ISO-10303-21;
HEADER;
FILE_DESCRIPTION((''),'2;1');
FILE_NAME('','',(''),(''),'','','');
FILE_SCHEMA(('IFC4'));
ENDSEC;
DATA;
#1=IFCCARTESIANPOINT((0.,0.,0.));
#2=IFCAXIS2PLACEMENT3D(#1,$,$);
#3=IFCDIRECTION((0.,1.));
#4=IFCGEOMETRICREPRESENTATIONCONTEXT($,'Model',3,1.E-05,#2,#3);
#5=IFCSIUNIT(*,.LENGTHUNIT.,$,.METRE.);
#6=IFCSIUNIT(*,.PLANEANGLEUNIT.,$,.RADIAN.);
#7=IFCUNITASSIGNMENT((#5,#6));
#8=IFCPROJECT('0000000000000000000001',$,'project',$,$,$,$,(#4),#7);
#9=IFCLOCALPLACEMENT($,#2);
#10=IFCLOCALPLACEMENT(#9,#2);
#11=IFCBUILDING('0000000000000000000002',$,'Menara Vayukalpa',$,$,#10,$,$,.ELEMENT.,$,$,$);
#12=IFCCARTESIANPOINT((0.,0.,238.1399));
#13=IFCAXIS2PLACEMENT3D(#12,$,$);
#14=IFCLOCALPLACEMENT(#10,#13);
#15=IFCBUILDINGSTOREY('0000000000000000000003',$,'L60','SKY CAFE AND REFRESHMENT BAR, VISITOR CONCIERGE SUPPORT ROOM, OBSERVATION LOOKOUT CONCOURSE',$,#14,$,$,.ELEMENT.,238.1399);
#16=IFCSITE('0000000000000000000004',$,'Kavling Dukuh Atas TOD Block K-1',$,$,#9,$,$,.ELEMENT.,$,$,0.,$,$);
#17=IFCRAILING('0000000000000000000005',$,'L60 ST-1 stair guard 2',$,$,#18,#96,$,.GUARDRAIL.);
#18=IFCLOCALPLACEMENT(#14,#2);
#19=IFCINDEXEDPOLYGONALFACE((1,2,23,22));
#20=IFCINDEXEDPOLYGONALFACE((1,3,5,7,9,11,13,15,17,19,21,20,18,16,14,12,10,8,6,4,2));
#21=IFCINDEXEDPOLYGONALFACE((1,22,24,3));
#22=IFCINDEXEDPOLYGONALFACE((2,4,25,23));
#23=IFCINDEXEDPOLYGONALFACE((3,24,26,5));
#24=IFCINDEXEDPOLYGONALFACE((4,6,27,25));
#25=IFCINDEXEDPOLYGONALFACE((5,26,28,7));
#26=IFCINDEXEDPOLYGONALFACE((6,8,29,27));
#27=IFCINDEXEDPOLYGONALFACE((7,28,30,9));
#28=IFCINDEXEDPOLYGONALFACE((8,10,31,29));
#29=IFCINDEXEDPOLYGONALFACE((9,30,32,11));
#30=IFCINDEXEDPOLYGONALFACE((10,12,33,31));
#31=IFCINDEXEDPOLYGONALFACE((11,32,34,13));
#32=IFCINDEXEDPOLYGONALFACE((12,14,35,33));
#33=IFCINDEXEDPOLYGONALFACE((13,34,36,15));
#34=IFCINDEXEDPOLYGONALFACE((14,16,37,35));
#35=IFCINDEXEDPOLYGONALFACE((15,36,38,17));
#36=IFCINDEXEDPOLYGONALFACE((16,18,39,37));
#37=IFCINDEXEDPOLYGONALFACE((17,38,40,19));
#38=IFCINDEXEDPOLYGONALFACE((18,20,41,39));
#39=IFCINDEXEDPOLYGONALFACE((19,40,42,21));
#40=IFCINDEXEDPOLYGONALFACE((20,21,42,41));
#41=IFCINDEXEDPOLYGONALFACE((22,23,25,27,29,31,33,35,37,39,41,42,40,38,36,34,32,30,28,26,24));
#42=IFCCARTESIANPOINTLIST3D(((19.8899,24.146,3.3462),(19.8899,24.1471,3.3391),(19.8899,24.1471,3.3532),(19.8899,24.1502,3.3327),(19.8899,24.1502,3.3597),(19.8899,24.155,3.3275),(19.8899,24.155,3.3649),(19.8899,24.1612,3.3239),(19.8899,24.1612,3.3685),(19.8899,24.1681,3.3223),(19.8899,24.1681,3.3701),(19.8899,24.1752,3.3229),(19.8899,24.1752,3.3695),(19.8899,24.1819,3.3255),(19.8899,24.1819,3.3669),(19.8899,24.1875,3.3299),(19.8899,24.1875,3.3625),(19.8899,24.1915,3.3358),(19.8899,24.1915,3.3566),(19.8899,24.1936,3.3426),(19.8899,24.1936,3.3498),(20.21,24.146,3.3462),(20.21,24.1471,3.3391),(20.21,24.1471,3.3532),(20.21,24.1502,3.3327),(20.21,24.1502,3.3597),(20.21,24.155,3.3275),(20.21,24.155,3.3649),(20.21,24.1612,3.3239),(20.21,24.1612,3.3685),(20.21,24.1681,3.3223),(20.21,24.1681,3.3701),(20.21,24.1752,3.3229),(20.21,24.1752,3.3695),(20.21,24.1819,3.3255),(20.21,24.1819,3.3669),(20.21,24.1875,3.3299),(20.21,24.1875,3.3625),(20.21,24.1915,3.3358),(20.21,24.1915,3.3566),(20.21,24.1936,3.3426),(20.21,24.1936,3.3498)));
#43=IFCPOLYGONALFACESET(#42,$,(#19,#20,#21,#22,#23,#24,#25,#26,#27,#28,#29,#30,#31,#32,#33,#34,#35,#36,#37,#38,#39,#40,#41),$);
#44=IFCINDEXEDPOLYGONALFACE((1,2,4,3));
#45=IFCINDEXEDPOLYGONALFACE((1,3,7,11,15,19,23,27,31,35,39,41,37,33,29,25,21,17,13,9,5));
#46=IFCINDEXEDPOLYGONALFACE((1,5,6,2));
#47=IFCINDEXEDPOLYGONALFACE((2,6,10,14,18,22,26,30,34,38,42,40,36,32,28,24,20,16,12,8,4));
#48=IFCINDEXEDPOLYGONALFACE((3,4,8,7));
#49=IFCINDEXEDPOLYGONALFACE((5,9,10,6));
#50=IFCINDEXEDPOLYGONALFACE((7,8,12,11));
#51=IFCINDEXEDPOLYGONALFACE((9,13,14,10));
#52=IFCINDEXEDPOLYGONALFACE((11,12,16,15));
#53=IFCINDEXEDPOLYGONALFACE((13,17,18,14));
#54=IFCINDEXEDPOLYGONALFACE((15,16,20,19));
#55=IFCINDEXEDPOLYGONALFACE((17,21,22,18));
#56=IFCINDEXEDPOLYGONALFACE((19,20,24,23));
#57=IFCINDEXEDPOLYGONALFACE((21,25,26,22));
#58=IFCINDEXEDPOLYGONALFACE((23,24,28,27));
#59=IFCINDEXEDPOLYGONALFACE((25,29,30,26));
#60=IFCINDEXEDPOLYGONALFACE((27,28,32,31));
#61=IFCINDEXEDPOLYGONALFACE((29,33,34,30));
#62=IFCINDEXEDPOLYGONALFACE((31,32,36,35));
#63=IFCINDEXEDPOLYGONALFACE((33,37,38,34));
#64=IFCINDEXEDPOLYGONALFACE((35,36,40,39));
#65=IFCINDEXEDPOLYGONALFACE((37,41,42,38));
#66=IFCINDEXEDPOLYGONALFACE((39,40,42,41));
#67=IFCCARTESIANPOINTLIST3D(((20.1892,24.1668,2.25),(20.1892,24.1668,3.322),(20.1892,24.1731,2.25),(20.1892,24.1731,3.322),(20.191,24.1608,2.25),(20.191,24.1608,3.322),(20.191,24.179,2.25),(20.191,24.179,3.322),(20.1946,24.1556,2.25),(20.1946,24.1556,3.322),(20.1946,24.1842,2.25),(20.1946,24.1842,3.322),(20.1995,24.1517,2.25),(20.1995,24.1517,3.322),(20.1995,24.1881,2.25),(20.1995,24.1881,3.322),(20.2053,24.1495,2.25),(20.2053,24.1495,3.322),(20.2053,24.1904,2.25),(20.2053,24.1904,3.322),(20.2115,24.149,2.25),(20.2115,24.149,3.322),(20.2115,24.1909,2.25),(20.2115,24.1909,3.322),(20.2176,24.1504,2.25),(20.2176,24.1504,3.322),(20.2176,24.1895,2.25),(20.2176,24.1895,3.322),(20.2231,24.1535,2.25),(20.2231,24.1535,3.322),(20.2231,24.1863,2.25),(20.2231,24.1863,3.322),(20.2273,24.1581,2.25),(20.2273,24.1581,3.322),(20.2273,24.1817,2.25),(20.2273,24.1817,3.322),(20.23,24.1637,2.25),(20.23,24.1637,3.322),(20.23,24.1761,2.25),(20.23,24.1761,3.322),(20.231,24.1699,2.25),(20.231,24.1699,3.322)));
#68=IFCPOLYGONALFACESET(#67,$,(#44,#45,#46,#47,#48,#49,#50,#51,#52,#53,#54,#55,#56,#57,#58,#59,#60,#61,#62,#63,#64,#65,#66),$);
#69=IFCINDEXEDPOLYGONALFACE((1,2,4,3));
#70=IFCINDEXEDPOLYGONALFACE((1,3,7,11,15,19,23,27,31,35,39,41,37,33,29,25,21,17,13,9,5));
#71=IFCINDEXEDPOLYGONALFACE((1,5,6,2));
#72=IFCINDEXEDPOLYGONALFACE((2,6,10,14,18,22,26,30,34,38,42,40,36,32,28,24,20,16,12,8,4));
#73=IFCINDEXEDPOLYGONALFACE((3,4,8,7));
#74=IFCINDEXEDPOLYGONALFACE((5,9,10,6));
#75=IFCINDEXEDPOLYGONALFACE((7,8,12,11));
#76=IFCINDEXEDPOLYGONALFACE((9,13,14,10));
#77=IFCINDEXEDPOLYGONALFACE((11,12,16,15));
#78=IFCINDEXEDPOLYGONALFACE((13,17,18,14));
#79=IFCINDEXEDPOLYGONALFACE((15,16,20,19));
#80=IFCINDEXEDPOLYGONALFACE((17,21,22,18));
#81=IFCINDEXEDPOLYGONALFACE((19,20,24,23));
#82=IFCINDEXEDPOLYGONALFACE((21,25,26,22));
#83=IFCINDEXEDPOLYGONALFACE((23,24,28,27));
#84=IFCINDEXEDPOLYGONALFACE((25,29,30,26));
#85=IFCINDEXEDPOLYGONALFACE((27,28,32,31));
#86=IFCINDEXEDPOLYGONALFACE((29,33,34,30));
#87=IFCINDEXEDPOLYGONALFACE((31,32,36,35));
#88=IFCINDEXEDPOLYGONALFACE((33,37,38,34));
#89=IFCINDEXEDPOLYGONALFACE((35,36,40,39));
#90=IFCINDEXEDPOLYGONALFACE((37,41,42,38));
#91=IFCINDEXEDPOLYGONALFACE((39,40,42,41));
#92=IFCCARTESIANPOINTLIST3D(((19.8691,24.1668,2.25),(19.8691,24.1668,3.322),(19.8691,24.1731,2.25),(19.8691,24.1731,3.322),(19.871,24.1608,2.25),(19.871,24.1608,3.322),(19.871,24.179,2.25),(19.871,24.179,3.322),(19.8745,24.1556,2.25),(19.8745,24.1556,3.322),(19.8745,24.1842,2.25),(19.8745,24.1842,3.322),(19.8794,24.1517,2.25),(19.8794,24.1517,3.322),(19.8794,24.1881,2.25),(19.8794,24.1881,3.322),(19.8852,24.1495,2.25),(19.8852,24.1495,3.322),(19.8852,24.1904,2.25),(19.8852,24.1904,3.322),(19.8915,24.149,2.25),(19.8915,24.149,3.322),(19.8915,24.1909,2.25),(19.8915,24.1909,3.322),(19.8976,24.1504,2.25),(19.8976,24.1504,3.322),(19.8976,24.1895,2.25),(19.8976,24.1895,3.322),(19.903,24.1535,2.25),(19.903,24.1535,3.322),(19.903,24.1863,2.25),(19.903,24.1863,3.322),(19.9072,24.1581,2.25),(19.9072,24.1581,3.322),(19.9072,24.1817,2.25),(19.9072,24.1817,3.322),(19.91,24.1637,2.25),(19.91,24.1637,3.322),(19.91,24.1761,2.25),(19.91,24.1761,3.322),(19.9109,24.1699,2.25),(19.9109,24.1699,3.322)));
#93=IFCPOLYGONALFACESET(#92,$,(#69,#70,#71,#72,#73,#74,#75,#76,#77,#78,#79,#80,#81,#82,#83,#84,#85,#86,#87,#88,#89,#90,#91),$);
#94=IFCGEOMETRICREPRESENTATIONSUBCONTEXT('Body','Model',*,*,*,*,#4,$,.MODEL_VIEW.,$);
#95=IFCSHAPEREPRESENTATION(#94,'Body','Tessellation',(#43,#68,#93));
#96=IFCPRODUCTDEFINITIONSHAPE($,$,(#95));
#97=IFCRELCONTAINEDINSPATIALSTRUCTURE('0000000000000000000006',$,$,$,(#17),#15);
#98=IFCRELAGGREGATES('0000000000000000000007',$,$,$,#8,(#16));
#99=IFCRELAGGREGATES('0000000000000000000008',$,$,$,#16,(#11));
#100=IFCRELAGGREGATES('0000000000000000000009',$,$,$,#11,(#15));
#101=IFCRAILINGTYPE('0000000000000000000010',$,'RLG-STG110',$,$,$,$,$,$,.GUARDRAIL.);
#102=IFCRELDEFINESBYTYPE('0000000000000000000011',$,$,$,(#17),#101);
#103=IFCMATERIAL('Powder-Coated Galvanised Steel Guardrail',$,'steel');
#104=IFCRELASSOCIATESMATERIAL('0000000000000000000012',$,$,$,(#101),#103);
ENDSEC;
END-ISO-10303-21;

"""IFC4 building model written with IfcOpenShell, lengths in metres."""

from ifc_helpers import new_model, si_unit, direction, frame, origin, origin_2d, place, context, subcontext, project, spatial, circle, extrude, material, type_object, element, save


model = new_model("IFC4")

# Units and contexts
model_context = context("Model", 3, precision=1e-05, world=origin(), true_north=direction((0.0, 1.0)))
body_context = subcontext(model_context, "Body", "Model", "MODEL_VIEW")
ifc_project = project(units=[si_unit("LENGTHUNIT", "METRE"), si_unit("PLANEANGLEUNIT", "RADIAN")], contexts=[model_context])

# Site, building, storey
site_placement = place(None, origin())
site = spatial("IfcSite", under=ifc_project, at=site_placement, Name="Kavling Dukuh Atas TOD Block K-1", CompositionType="ELEMENT", RefElevation=0.0)
building_placement = place(site_placement, origin())
building = spatial("IfcBuilding", under=site, at=building_placement, Name="Menara Vayukalpa", CompositionType="ELEMENT")
storey_placement = place(building_placement, frame((0.0, 0.0, 238.1399)))
storey = spatial("IfcBuildingStorey", under=building, at=storey_placement, Name="L60", Description="SKY CAFE AND REFRESHMENT BAR, VISITOR CONCIERGE SUPPORT ROOM, OBSERVATION LOOKOUT CONCOURSE", CompositionType="ELEMENT", Elevation=238.1399)

# Railing
ifc_material_1 = material(Name="Powder-Coated Galvanised Steel Guardrail", Category="steel")
railing_type_1 = type_object("IfcRailingType", Name="RLG-STG110", PredefinedType="GUARDRAIL", material=ifc_material_1)
railing_1_placement = place(storey_placement, frame((20.21, 24.1699, 2.25)))
element("IfcRailing", 1, at=railing_1_placement, inside=storey, type_object=railing_type_1, Name="L60 ST-1 stair guard 2", PredefinedType="GUARDRAIL", context=body_context, shape_type="SweptSolid", body=[
    extrude(circle(Radius=0.0239, at=origin_2d()), frame((0.0, 0.0, 1.0962), z_axis=(-1.0, 0.0, 0.0), x_axis=(0.0, -1.0, 0.0)), (0.0, 0.0, 1.0), 0.3201),
    extrude(circle(Radius=0.021, at=origin_2d()), origin(), (0.0, 0.0, 1.0), 1.072),
    extrude(circle(Radius=0.021, at=origin_2d()), frame((-0.3201, 0.0, 0.0)), (0.0, 0.0, 1.0), 1.072),
])

save(model, "model.ifc")
